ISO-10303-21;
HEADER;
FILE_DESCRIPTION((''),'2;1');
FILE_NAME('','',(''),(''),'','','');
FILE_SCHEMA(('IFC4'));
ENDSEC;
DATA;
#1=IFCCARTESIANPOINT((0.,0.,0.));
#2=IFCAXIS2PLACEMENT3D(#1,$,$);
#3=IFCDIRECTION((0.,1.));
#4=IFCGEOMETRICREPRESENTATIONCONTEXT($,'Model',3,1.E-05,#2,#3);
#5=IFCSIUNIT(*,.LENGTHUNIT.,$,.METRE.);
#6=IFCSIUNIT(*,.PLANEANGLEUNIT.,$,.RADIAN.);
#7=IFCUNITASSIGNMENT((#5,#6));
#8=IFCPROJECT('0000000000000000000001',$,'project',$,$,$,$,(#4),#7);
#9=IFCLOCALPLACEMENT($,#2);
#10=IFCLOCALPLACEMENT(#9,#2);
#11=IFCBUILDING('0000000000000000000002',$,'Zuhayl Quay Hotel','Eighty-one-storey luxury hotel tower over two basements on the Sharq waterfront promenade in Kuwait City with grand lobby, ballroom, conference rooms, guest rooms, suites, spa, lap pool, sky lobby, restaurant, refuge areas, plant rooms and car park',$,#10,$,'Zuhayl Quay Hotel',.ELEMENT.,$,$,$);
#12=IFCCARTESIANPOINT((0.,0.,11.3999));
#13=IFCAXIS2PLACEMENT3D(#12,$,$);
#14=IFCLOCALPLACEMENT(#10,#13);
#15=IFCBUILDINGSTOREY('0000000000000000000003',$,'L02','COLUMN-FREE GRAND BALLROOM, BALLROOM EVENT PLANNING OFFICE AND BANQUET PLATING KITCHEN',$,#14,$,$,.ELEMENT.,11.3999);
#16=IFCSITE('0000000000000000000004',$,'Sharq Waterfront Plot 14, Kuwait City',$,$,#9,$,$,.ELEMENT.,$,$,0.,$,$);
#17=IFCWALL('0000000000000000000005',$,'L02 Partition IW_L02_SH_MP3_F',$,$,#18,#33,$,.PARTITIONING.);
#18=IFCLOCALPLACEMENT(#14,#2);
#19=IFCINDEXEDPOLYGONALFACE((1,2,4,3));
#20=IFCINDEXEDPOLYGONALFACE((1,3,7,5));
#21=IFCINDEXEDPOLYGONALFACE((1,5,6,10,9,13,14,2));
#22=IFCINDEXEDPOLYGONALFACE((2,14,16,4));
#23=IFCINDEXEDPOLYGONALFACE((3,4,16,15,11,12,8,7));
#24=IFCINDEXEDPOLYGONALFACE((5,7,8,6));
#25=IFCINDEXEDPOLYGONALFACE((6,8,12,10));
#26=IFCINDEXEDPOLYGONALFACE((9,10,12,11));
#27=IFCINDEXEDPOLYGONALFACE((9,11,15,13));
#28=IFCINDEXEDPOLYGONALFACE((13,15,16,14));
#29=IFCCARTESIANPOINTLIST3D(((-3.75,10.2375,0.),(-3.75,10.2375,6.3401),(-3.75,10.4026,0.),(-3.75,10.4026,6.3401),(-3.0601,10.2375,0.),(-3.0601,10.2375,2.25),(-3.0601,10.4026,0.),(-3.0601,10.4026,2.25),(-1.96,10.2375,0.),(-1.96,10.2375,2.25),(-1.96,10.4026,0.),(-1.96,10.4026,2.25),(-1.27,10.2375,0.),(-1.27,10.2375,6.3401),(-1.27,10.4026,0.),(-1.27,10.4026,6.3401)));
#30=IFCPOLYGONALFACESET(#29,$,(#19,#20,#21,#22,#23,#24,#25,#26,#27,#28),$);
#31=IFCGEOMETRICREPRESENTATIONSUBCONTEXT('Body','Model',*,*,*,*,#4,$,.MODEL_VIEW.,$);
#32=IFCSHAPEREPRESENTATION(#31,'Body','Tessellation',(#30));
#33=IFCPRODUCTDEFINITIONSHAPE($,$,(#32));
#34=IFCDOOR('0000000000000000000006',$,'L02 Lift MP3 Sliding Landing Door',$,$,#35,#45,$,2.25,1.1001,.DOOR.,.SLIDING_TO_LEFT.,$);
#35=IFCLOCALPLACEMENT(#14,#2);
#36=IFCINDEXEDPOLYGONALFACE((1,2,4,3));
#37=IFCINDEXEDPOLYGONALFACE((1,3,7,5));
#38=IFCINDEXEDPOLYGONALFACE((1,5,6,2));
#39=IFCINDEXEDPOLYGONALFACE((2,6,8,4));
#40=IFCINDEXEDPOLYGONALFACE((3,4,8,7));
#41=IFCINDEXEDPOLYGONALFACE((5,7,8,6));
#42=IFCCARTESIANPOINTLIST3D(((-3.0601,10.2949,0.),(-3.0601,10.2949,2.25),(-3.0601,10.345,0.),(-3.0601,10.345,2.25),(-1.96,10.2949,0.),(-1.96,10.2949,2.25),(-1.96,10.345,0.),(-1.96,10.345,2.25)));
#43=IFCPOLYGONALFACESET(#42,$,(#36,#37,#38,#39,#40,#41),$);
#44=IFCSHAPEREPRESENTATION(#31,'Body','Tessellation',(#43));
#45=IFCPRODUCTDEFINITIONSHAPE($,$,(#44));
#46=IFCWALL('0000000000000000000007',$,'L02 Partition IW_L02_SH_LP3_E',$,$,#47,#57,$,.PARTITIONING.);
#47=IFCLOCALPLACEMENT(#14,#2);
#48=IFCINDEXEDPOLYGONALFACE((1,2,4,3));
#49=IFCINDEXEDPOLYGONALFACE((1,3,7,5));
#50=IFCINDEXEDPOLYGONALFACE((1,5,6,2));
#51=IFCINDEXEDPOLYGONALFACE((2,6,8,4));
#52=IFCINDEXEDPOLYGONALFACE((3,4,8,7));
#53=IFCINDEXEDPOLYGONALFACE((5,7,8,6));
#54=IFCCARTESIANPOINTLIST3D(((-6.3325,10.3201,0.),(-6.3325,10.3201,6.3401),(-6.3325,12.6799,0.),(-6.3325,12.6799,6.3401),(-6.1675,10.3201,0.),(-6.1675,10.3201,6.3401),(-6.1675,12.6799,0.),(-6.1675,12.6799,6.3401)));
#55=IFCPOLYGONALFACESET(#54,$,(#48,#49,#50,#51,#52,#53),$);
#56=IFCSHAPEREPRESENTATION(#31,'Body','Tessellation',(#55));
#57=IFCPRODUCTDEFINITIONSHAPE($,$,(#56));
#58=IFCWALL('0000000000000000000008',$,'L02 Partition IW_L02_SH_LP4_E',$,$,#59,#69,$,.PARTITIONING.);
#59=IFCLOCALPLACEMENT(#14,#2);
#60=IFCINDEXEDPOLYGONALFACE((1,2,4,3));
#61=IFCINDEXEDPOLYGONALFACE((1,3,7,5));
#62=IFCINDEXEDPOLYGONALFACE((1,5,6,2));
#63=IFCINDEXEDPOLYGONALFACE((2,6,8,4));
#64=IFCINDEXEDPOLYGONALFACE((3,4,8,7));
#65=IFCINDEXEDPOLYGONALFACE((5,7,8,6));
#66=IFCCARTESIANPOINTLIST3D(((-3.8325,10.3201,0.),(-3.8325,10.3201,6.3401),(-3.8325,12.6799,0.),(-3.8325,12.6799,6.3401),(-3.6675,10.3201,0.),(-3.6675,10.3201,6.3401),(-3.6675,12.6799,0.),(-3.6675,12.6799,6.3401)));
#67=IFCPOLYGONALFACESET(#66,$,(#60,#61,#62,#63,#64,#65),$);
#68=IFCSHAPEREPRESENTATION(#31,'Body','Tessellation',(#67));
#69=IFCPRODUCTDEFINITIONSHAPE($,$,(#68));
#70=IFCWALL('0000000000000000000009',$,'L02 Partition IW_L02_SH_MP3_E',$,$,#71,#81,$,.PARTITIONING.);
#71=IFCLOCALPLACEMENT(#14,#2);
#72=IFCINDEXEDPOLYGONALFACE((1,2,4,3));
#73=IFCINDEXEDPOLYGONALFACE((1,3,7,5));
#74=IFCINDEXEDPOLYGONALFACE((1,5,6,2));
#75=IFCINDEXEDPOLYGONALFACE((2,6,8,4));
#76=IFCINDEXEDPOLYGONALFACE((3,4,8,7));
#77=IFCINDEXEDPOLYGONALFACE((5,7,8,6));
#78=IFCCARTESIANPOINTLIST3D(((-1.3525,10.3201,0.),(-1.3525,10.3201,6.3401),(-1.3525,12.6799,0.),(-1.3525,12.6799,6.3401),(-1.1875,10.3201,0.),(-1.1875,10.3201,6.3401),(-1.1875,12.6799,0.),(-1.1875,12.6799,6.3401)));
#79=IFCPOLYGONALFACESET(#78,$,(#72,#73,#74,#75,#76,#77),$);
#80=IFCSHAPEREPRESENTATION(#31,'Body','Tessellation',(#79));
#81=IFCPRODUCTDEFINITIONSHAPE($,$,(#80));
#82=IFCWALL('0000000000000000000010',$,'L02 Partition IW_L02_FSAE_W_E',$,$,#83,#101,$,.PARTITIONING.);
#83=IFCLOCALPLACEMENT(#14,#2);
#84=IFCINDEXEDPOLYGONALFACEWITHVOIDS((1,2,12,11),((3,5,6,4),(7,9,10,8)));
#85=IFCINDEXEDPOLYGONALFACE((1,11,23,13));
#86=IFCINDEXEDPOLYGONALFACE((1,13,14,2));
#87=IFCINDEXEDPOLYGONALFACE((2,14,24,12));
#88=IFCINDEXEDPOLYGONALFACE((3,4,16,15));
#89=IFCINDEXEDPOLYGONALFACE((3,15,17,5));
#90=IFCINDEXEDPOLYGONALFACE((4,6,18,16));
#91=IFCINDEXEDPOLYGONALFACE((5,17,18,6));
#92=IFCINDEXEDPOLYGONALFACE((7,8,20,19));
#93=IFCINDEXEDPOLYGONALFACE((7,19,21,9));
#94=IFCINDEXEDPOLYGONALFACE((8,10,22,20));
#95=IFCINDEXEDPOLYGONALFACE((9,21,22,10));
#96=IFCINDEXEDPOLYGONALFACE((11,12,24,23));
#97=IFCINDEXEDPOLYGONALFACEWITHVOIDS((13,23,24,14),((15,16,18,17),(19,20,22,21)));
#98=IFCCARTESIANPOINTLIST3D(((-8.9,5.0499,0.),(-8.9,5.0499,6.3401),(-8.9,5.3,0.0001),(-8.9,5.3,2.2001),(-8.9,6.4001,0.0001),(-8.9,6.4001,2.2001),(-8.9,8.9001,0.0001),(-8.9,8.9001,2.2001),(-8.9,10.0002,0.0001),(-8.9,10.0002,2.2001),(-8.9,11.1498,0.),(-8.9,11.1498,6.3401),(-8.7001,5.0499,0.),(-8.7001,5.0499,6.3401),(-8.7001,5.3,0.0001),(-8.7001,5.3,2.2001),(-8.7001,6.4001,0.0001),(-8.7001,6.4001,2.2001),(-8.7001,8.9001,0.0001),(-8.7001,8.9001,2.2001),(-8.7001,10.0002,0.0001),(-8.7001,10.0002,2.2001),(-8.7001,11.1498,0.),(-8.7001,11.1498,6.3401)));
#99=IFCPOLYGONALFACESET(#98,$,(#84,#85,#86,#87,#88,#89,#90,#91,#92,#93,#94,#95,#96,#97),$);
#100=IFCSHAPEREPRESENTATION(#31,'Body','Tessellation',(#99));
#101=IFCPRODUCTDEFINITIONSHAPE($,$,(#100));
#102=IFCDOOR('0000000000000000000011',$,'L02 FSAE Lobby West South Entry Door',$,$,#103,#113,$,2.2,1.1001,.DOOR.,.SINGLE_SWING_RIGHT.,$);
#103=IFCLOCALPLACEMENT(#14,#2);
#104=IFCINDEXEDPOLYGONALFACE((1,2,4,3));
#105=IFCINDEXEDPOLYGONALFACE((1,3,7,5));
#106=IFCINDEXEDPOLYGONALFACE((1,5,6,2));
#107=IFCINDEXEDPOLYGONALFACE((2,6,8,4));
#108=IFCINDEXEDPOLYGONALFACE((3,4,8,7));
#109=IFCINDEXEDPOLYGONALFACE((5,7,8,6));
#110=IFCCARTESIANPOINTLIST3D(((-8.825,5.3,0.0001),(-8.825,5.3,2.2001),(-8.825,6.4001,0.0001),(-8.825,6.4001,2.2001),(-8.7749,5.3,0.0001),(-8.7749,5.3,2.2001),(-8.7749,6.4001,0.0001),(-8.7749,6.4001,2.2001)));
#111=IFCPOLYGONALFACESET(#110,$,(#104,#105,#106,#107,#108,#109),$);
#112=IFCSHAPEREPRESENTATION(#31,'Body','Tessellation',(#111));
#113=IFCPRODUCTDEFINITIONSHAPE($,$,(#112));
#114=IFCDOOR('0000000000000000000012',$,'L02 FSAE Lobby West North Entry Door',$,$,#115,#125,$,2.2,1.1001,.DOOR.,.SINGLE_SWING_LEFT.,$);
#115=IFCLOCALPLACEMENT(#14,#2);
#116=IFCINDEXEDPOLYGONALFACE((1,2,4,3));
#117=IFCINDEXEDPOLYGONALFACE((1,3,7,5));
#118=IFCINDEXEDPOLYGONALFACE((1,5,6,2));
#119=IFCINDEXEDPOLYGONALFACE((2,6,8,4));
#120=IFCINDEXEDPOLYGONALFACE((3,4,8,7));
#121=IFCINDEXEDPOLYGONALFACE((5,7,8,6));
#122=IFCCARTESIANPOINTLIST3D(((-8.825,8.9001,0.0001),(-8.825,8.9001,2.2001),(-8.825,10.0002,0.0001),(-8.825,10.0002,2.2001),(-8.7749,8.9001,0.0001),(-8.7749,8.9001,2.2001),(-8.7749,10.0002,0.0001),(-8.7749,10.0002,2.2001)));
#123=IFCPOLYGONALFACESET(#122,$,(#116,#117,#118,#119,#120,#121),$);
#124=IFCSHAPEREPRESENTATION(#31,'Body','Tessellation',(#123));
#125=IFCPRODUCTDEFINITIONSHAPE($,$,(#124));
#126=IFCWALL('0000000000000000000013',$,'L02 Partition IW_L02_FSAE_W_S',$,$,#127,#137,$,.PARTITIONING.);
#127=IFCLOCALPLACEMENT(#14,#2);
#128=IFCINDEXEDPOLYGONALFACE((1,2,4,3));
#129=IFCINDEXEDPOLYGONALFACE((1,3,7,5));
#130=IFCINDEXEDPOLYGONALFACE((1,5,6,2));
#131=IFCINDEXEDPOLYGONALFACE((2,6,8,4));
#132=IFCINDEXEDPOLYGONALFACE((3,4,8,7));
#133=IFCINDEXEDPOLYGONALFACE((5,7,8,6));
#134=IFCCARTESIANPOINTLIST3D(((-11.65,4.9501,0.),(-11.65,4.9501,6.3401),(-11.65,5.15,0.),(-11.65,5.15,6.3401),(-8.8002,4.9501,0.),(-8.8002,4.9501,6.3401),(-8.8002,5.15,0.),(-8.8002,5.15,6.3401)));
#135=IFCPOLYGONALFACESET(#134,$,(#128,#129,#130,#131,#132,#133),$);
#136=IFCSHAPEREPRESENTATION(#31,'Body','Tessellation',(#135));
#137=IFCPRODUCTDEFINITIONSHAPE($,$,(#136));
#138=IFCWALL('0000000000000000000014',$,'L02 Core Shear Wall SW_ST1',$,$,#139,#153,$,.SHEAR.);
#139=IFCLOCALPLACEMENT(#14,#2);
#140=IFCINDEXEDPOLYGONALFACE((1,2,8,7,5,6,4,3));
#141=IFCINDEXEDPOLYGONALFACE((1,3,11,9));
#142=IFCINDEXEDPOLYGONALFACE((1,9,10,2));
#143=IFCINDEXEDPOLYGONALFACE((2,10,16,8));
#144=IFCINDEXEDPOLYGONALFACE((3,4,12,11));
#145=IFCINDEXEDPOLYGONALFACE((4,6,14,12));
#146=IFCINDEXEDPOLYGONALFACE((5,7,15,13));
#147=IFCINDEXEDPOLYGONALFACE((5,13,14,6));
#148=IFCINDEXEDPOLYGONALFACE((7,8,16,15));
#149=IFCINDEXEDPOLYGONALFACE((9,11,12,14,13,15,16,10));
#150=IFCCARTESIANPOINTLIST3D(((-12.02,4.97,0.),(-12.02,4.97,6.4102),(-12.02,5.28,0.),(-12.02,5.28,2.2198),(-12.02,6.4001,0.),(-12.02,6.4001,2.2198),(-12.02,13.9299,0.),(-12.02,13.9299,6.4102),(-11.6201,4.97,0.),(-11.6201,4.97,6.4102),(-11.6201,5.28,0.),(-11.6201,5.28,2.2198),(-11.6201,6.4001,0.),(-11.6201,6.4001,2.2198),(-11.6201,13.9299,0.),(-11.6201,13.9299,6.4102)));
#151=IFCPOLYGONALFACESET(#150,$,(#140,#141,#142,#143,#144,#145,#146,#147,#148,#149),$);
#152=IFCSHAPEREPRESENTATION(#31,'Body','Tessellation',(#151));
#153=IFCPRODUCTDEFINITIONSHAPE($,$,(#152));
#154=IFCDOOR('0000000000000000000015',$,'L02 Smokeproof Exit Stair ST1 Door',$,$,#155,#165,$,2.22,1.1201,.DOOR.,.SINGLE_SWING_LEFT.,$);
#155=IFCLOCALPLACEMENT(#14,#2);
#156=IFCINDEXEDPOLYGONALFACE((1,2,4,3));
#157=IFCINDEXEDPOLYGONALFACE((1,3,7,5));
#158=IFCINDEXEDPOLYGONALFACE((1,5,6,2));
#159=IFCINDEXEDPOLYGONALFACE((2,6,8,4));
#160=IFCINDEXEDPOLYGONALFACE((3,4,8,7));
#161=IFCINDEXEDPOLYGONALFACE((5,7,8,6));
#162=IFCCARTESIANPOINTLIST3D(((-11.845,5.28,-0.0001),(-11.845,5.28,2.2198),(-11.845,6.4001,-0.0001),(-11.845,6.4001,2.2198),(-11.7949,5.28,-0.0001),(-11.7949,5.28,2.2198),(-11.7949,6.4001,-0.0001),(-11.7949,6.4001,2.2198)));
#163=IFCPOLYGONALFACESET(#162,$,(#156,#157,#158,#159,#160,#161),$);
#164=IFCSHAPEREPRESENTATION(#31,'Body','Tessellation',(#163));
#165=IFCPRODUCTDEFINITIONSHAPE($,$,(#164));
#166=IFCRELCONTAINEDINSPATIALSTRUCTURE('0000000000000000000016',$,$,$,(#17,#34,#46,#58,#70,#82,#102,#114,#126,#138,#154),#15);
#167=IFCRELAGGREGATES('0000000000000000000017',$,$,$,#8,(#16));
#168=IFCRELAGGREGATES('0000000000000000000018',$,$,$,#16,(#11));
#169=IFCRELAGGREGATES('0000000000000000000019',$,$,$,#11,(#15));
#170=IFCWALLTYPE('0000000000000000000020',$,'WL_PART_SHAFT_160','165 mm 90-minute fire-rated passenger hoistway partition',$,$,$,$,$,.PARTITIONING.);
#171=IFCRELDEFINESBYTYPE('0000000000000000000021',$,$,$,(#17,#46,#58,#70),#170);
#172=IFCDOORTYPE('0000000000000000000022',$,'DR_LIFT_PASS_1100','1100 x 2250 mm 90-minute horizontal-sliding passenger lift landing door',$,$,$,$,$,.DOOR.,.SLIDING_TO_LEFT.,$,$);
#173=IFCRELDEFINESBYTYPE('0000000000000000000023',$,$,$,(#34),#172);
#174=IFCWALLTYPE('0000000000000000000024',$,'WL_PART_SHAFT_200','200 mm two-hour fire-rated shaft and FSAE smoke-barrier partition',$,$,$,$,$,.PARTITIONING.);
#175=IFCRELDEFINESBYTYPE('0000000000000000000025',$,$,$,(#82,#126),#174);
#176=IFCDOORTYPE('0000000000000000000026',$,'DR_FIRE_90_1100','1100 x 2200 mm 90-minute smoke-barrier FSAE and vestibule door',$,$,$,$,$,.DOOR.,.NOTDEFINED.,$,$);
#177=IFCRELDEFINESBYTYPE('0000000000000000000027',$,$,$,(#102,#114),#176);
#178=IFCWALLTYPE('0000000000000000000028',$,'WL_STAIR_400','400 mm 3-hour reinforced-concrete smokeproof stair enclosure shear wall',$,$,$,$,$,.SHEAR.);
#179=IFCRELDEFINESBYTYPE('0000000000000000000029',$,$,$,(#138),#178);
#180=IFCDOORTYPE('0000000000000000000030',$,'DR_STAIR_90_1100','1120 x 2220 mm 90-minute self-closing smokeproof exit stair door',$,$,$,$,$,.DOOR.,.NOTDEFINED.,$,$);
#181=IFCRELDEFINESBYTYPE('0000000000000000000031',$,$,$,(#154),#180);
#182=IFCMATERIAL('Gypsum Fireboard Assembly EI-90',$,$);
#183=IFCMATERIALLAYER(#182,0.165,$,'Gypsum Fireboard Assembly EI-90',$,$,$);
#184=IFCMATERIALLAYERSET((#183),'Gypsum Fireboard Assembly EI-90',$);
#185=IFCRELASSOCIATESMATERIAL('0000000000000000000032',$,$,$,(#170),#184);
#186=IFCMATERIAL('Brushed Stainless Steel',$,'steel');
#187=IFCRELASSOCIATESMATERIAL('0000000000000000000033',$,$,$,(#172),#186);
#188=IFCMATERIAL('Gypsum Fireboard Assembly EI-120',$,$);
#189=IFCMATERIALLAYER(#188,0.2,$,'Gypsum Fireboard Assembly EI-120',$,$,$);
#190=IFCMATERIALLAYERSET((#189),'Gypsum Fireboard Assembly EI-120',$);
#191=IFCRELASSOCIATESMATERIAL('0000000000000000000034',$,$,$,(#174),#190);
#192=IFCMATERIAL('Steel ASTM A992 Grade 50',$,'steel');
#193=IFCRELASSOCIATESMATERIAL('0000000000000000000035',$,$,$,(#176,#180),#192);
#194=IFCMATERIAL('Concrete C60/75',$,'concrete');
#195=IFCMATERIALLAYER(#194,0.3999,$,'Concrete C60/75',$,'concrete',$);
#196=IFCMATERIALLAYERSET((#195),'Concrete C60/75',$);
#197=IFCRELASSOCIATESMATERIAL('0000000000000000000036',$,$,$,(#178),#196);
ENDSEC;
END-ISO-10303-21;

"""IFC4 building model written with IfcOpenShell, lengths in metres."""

from ifc_helpers import new_model, si_unit, direction, frame, frame_2d, origin, place, context, subcontext, project, spatial, rectangle, extrude, material, layer, layer_set, type_object, element, fill, save


model = new_model("IFC4")

# Units and contexts
model_context = context("Model", 3, precision=1e-05, world=origin(), true_north=direction((0.0, 1.0)))
body_context = subcontext(model_context, "Body", "Model", "MODEL_VIEW")
ifc_project = project(units=[si_unit("LENGTHUNIT", "METRE"), si_unit("PLANEANGLEUNIT", "RADIAN")], contexts=[model_context])

# Site, building, storey
site_placement = place(None, origin())
site = spatial("IfcSite", under=ifc_project, at=site_placement, Name="Sharq Waterfront Plot 14, Kuwait City", CompositionType="ELEMENT", RefElevation=0.0)
building_placement = place(site_placement, origin())
building = spatial("IfcBuilding", under=site, at=building_placement, Name="Zuhayl Quay Hotel", Description="Eighty-one-storey luxury hotel tower over two basements on the Sharq waterfront promenade in Kuwait City with grand lobby, ballroom, conference rooms, guest rooms, suites, spa, lap pool, sky lobby, restaurant, refuge areas, plant rooms and car park", LongName="Zuhayl Quay Hotel", CompositionType="ELEMENT")
storey_placement = place(building_placement, frame((0.0, 0.0, 11.3999)))
storey = spatial("IfcBuildingStorey", under=building, at=storey_placement, Name="L02", Description="COLUMN-FREE GRAND BALLROOM, BALLROOM EVENT PLANNING OFFICE AND BANQUET PLATING KITCHEN", CompositionType="ELEMENT", Elevation=11.3999)

# Shared definitions
ifc_material_1 = material(Name="Steel ASTM A992 Grade 50", Category="steel")

# Wall, opening, door
ifc_material_2 = material(Name="Gypsum Fireboard Assembly EI-90")
ifc_layer_1 = layer(ifc_material_2, 0.165, Name="Gypsum Fireboard Assembly EI-90")
ifc_layer_set_1 = layer_set([ifc_layer_1], Name="Gypsum Fireboard Assembly EI-90")
wall_type_1 = type_object("IfcWallType", Name="WL_PART_SHAFT_160", Description="165 mm 90-minute fire-rated passenger hoistway partition", PredefinedType="PARTITIONING", material=ifc_layer_set_1)
ifc_material_3 = material(Name="Brushed Stainless Steel", Category="steel")
door_type_1 = type_object("IfcDoorType", Name="DR_LIFT_PASS_1100", Description="1100 x 2250 mm 90-minute horizontal-sliding passenger lift landing door", OperationType="SLIDING_TO_LEFT", PredefinedType="DOOR", material=ifc_material_3)
wall_1_placement = place(storey_placement, frame((-3.75, 10.3201, 0.0), z_axis=(0.0, 0.0, 1.0), x_axis=(1.0, 0.0, 0.0)))
wall_1 = element("IfcWall", 1, at=wall_1_placement, inside=storey, type_object=wall_type_1, Name="L02 Partition IW_L02_SH_MP3_F", PredefinedType="PARTITIONING", context=body_context, shape_type="SweptSolid", body=[
    extrude(rectangle(XDim=2.48, YDim=0.165, at=frame_2d((1.24, 0.0))), origin(), (0.0, 0.0, 1.0), 6.3401),
])
opening_1_placement = place(wall_1_placement, frame((0.6899, 0.0, 0.0)))
opening_1 = element("IfcOpeningElement", 2, at=opening_1_placement, cuts=wall_1, PredefinedType="OPENING", context=body_context, shape_type="SweptSolid", body=[
    extrude(rectangle(XDim=1.1001, YDim=2.25, at=frame_2d((0.55, 1.125))), frame((0.0, 0.0925, 0.0), z_axis=(0.0, -1.0, 0.0), x_axis=(1.0, 0.0, 0.0)), (0.0, 0.0, 1.0), 0.1851),
])
door_1_placement = place(opening_1_placement, origin())
door_1 = element("IfcDoor", 3, at=door_1_placement, inside=storey, type_object=door_type_1, Name="L02 Lift MP3 Sliding Landing Door", OperationType="SLIDING_TO_LEFT", OverallHeight=2.25, OverallWidth=1.1001, PredefinedType="DOOR", context=body_context, shape_type="SweptSolid", body=[
    extrude(rectangle(XDim=1.1001, YDim=2.25, at=frame_2d((0.55, 1.125))), frame((0.0, 0.0249, 0.0), z_axis=(0.0, -1.0, 0.0), x_axis=(1.0, 0.0, 0.0)), (0.0, 0.0, 1.0), 0.05),
])
fill(opening_1, door_1)

# Walls
for number, where, z_axis, x_axis, name in (
    (4, (-6.25, 10.3201, 0.0), (0.0, 0.0, 1.0), (0.0, 1.0, 0.0), "L02 Partition IW_L02_SH_LP3_E"),
    (5, (-3.75, 10.3201, 0.0), (0.0, 0.0, 1.0), (0.0, 1.0, 0.0), "L02 Partition IW_L02_SH_LP4_E"),
    (6, (-1.27, 10.3201, 0.0), (0.0, 0.0, 1.0), (0.0, 1.0, 0.0), "L02 Partition IW_L02_SH_MP3_E"),
):
    element("IfcWall", number, at=place(storey_placement, frame(where, z_axis=z_axis, x_axis=x_axis)), inside=storey, type_object=wall_type_1, Name=name, PredefinedType="PARTITIONING", context=body_context, shape_type="SweptSolid", body=[
        extrude(rectangle(XDim=2.3599, YDim=0.165, at=frame_2d((1.1799, 0.0))), origin(), (0.0, 0.0, 1.0), 6.3401),
    ])

# Wall, openings, doors
ifc_material_4 = material(Name="Gypsum Fireboard Assembly EI-120")
ifc_layer_2 = layer(ifc_material_4, 0.2, Name="Gypsum Fireboard Assembly EI-120")
ifc_layer_set_2 = layer_set([ifc_layer_2], Name="Gypsum Fireboard Assembly EI-120")
wall_type_2 = type_object("IfcWallType", Name="WL_PART_SHAFT_200", Description="200 mm two-hour fire-rated shaft and FSAE smoke-barrier partition", PredefinedType="PARTITIONING", material=ifc_layer_set_2)
wall_2_placement = place(storey_placement, frame((-8.8, 5.05, 0.0), z_axis=(0.0, 0.0, 1.0), x_axis=(0.0, 1.0, 0.0)))
wall_2 = element("IfcWall", 7, at=wall_2_placement, inside=storey, type_object=wall_type_2, Name="L02 Partition IW_L02_FSAE_W_E", PredefinedType="PARTITIONING", context=body_context, shape_type="SweptSolid", body=[
    extrude(rectangle(XDim=6.0999, YDim=0.2, at=frame_2d((3.0498, 0.0))), origin(), (0.0, 0.0, 1.0), 6.3401),
])
opening_2_placement = place(wall_2_placement, frame((0.25, 0.0, 0.0)))
opening_2 = element("IfcOpeningElement", 8, at=opening_2_placement, cuts=wall_2, PredefinedType="OPENING", context=body_context, shape_type="SweptSolid", body=[
    extrude(rectangle(XDim=1.1001, YDim=2.2, at=frame_2d((0.55, 1.1001))), frame((0.0, 0.1099, 0.0), z_axis=(0.0, -1.0, 0.0), x_axis=(1.0, 0.0, 0.0)), (0.0, 0.0, 1.0), 0.22),
])
opening_3_placement = place(wall_2_placement, frame((3.8501, 0.0, 0.0)))
opening_3 = element("IfcOpeningElement", 9, at=opening_3_placement, cuts=wall_2, PredefinedType="OPENING", context=body_context, shape_type="SweptSolid", body=[
    extrude(rectangle(XDim=1.1001, YDim=2.2, at=frame_2d((0.55, 1.1001))), frame((0.0, 0.1099, 0.0), z_axis=(0.0, -1.0, 0.0), x_axis=(1.0, 0.0, 0.0)), (0.0, 0.0, 1.0), 0.22),
])
door_type_2 = type_object("IfcDoorType", Name="DR_FIRE_90_1100", Description="1100 x 2200 mm 90-minute smoke-barrier FSAE and vestibule door", OperationType="NOTDEFINED", PredefinedType="DOOR", material=ifc_material_1)
door_2_placement = place(opening_2_placement, origin())
door_2 = element("IfcDoor", 10, at=door_2_placement, inside=storey, type_object=door_type_2, Name="L02 FSAE Lobby West South Entry Door", OperationType="SINGLE_SWING_RIGHT", OverallHeight=2.2, OverallWidth=1.1001, PredefinedType="DOOR", context=body_context, shape_type="SweptSolid", body=[
    extrude(rectangle(XDim=1.1001, YDim=2.2, at=frame_2d((0.55, 1.1001))), frame((0.0, 0.0249, 0.0), z_axis=(0.0, -1.0, 0.0), x_axis=(1.0, 0.0, 0.0)), (0.0, 0.0, 1.0), 0.05),
])
fill(opening_2, door_2)
door_3_placement = place(opening_3_placement, origin())
door_3 = element("IfcDoor", 11, at=door_3_placement, inside=storey, type_object=door_type_2, Name="L02 FSAE Lobby West North Entry Door", OperationType="SINGLE_SWING_LEFT", OverallHeight=2.2, OverallWidth=1.1001, PredefinedType="DOOR", context=body_context, shape_type="SweptSolid", body=[
    extrude(rectangle(XDim=1.1001, YDim=2.2, at=frame_2d((0.55, 1.1001))), frame((0.0, 0.0249, 0.0), z_axis=(0.0, -1.0, 0.0), x_axis=(1.0, 0.0, 0.0)), (0.0, 0.0, 1.0), 0.05),
])
fill(opening_3, door_3)

# Wall
wall_3_placement = place(storey_placement, frame((-11.6499, 5.05, 0.0), z_axis=(0.0, 0.0, 1.0), x_axis=(1.0, 0.0, 0.0)))
element("IfcWall", 12, at=wall_3_placement, inside=storey, type_object=wall_type_2, Name="L02 Partition IW_L02_FSAE_W_S", PredefinedType="PARTITIONING", context=body_context, shape_type="SweptSolid", body=[
    extrude(rectangle(XDim=2.8499, YDim=0.2, at=frame_2d((1.4248, 0.0))), origin(), (0.0, 0.0, 1.0), 6.3401),
])

# Wall, opening, door
ifc_material_5 = material(Name="Concrete C60/75", Category="concrete")
ifc_layer_3 = layer(ifc_material_5, 0.3999, Name="Concrete C60/75", Category="concrete")
ifc_layer_set_3 = layer_set([ifc_layer_3], Name="Concrete C60/75")
wall_type_3 = type_object("IfcWallType", Name="WL_STAIR_400", Description="400 mm 3-hour reinforced-concrete smokeproof stair enclosure shear wall", PredefinedType="SHEAR", material=ifc_layer_set_3)
wall_4_placement = place(storey_placement, frame((-11.8201, 4.97, 0.0), z_axis=(0.0, 0.0, 1.0), x_axis=(0.0, 1.0, 0.0)))
wall_4 = element("IfcWall", 13, at=wall_4_placement, inside=storey, type_object=wall_type_3, Name="L02 Core Shear Wall SW_ST1", PredefinedType="SHEAR", context=body_context, shape_type="SweptSolid", body=[
    extrude(rectangle(XDim=8.96, YDim=0.3999, at=frame_2d((4.48, 0.0))), origin(), (0.0, 0.0, 1.0), 6.4102),
])
opening_4_placement = place(wall_4_placement, frame((0.3101, 0.0, 0.0)))
opening_4 = element("IfcOpeningElement", 14, at=opening_4_placement, cuts=wall_4, PredefinedType="OPENING", context=body_context, shape_type="SweptSolid", body=[
    extrude(rectangle(XDim=1.1201, YDim=2.22, at=frame_2d((0.5601, 1.1099))), frame((0.0, 0.21, 0.0), z_axis=(0.0, -1.0, 0.0), x_axis=(1.0, 0.0, 0.0)), (0.0, 0.0, 1.0), 0.4199),
])
door_type_3 = type_object("IfcDoorType", Name="DR_STAIR_90_1100", Description="1120 x 2220 mm 90-minute self-closing smokeproof exit stair door", OperationType="NOTDEFINED", PredefinedType="DOOR", material=ifc_material_1)
door_4_placement = place(opening_4_placement, origin())
door_4 = element("IfcDoor", 15, at=door_4_placement, inside=storey, type_object=door_type_3, Name="L02 Smokeproof Exit Stair ST1 Door", OperationType="SINGLE_SWING_LEFT", OverallHeight=2.22, OverallWidth=1.1201, PredefinedType="DOOR", context=body_context, shape_type="SweptSolid", body=[
    extrude(rectangle(XDim=1.1201, YDim=2.22, at=frame_2d((0.5601, 1.1099))), frame((0.0, 0.0249, 0.0), z_axis=(0.0, -1.0, 0.0), x_axis=(1.0, 0.0, 0.0)), (0.0, 0.0, 1.0), 0.05),
])
fill(opening_4, door_4)

save(model, "model.ifc")
